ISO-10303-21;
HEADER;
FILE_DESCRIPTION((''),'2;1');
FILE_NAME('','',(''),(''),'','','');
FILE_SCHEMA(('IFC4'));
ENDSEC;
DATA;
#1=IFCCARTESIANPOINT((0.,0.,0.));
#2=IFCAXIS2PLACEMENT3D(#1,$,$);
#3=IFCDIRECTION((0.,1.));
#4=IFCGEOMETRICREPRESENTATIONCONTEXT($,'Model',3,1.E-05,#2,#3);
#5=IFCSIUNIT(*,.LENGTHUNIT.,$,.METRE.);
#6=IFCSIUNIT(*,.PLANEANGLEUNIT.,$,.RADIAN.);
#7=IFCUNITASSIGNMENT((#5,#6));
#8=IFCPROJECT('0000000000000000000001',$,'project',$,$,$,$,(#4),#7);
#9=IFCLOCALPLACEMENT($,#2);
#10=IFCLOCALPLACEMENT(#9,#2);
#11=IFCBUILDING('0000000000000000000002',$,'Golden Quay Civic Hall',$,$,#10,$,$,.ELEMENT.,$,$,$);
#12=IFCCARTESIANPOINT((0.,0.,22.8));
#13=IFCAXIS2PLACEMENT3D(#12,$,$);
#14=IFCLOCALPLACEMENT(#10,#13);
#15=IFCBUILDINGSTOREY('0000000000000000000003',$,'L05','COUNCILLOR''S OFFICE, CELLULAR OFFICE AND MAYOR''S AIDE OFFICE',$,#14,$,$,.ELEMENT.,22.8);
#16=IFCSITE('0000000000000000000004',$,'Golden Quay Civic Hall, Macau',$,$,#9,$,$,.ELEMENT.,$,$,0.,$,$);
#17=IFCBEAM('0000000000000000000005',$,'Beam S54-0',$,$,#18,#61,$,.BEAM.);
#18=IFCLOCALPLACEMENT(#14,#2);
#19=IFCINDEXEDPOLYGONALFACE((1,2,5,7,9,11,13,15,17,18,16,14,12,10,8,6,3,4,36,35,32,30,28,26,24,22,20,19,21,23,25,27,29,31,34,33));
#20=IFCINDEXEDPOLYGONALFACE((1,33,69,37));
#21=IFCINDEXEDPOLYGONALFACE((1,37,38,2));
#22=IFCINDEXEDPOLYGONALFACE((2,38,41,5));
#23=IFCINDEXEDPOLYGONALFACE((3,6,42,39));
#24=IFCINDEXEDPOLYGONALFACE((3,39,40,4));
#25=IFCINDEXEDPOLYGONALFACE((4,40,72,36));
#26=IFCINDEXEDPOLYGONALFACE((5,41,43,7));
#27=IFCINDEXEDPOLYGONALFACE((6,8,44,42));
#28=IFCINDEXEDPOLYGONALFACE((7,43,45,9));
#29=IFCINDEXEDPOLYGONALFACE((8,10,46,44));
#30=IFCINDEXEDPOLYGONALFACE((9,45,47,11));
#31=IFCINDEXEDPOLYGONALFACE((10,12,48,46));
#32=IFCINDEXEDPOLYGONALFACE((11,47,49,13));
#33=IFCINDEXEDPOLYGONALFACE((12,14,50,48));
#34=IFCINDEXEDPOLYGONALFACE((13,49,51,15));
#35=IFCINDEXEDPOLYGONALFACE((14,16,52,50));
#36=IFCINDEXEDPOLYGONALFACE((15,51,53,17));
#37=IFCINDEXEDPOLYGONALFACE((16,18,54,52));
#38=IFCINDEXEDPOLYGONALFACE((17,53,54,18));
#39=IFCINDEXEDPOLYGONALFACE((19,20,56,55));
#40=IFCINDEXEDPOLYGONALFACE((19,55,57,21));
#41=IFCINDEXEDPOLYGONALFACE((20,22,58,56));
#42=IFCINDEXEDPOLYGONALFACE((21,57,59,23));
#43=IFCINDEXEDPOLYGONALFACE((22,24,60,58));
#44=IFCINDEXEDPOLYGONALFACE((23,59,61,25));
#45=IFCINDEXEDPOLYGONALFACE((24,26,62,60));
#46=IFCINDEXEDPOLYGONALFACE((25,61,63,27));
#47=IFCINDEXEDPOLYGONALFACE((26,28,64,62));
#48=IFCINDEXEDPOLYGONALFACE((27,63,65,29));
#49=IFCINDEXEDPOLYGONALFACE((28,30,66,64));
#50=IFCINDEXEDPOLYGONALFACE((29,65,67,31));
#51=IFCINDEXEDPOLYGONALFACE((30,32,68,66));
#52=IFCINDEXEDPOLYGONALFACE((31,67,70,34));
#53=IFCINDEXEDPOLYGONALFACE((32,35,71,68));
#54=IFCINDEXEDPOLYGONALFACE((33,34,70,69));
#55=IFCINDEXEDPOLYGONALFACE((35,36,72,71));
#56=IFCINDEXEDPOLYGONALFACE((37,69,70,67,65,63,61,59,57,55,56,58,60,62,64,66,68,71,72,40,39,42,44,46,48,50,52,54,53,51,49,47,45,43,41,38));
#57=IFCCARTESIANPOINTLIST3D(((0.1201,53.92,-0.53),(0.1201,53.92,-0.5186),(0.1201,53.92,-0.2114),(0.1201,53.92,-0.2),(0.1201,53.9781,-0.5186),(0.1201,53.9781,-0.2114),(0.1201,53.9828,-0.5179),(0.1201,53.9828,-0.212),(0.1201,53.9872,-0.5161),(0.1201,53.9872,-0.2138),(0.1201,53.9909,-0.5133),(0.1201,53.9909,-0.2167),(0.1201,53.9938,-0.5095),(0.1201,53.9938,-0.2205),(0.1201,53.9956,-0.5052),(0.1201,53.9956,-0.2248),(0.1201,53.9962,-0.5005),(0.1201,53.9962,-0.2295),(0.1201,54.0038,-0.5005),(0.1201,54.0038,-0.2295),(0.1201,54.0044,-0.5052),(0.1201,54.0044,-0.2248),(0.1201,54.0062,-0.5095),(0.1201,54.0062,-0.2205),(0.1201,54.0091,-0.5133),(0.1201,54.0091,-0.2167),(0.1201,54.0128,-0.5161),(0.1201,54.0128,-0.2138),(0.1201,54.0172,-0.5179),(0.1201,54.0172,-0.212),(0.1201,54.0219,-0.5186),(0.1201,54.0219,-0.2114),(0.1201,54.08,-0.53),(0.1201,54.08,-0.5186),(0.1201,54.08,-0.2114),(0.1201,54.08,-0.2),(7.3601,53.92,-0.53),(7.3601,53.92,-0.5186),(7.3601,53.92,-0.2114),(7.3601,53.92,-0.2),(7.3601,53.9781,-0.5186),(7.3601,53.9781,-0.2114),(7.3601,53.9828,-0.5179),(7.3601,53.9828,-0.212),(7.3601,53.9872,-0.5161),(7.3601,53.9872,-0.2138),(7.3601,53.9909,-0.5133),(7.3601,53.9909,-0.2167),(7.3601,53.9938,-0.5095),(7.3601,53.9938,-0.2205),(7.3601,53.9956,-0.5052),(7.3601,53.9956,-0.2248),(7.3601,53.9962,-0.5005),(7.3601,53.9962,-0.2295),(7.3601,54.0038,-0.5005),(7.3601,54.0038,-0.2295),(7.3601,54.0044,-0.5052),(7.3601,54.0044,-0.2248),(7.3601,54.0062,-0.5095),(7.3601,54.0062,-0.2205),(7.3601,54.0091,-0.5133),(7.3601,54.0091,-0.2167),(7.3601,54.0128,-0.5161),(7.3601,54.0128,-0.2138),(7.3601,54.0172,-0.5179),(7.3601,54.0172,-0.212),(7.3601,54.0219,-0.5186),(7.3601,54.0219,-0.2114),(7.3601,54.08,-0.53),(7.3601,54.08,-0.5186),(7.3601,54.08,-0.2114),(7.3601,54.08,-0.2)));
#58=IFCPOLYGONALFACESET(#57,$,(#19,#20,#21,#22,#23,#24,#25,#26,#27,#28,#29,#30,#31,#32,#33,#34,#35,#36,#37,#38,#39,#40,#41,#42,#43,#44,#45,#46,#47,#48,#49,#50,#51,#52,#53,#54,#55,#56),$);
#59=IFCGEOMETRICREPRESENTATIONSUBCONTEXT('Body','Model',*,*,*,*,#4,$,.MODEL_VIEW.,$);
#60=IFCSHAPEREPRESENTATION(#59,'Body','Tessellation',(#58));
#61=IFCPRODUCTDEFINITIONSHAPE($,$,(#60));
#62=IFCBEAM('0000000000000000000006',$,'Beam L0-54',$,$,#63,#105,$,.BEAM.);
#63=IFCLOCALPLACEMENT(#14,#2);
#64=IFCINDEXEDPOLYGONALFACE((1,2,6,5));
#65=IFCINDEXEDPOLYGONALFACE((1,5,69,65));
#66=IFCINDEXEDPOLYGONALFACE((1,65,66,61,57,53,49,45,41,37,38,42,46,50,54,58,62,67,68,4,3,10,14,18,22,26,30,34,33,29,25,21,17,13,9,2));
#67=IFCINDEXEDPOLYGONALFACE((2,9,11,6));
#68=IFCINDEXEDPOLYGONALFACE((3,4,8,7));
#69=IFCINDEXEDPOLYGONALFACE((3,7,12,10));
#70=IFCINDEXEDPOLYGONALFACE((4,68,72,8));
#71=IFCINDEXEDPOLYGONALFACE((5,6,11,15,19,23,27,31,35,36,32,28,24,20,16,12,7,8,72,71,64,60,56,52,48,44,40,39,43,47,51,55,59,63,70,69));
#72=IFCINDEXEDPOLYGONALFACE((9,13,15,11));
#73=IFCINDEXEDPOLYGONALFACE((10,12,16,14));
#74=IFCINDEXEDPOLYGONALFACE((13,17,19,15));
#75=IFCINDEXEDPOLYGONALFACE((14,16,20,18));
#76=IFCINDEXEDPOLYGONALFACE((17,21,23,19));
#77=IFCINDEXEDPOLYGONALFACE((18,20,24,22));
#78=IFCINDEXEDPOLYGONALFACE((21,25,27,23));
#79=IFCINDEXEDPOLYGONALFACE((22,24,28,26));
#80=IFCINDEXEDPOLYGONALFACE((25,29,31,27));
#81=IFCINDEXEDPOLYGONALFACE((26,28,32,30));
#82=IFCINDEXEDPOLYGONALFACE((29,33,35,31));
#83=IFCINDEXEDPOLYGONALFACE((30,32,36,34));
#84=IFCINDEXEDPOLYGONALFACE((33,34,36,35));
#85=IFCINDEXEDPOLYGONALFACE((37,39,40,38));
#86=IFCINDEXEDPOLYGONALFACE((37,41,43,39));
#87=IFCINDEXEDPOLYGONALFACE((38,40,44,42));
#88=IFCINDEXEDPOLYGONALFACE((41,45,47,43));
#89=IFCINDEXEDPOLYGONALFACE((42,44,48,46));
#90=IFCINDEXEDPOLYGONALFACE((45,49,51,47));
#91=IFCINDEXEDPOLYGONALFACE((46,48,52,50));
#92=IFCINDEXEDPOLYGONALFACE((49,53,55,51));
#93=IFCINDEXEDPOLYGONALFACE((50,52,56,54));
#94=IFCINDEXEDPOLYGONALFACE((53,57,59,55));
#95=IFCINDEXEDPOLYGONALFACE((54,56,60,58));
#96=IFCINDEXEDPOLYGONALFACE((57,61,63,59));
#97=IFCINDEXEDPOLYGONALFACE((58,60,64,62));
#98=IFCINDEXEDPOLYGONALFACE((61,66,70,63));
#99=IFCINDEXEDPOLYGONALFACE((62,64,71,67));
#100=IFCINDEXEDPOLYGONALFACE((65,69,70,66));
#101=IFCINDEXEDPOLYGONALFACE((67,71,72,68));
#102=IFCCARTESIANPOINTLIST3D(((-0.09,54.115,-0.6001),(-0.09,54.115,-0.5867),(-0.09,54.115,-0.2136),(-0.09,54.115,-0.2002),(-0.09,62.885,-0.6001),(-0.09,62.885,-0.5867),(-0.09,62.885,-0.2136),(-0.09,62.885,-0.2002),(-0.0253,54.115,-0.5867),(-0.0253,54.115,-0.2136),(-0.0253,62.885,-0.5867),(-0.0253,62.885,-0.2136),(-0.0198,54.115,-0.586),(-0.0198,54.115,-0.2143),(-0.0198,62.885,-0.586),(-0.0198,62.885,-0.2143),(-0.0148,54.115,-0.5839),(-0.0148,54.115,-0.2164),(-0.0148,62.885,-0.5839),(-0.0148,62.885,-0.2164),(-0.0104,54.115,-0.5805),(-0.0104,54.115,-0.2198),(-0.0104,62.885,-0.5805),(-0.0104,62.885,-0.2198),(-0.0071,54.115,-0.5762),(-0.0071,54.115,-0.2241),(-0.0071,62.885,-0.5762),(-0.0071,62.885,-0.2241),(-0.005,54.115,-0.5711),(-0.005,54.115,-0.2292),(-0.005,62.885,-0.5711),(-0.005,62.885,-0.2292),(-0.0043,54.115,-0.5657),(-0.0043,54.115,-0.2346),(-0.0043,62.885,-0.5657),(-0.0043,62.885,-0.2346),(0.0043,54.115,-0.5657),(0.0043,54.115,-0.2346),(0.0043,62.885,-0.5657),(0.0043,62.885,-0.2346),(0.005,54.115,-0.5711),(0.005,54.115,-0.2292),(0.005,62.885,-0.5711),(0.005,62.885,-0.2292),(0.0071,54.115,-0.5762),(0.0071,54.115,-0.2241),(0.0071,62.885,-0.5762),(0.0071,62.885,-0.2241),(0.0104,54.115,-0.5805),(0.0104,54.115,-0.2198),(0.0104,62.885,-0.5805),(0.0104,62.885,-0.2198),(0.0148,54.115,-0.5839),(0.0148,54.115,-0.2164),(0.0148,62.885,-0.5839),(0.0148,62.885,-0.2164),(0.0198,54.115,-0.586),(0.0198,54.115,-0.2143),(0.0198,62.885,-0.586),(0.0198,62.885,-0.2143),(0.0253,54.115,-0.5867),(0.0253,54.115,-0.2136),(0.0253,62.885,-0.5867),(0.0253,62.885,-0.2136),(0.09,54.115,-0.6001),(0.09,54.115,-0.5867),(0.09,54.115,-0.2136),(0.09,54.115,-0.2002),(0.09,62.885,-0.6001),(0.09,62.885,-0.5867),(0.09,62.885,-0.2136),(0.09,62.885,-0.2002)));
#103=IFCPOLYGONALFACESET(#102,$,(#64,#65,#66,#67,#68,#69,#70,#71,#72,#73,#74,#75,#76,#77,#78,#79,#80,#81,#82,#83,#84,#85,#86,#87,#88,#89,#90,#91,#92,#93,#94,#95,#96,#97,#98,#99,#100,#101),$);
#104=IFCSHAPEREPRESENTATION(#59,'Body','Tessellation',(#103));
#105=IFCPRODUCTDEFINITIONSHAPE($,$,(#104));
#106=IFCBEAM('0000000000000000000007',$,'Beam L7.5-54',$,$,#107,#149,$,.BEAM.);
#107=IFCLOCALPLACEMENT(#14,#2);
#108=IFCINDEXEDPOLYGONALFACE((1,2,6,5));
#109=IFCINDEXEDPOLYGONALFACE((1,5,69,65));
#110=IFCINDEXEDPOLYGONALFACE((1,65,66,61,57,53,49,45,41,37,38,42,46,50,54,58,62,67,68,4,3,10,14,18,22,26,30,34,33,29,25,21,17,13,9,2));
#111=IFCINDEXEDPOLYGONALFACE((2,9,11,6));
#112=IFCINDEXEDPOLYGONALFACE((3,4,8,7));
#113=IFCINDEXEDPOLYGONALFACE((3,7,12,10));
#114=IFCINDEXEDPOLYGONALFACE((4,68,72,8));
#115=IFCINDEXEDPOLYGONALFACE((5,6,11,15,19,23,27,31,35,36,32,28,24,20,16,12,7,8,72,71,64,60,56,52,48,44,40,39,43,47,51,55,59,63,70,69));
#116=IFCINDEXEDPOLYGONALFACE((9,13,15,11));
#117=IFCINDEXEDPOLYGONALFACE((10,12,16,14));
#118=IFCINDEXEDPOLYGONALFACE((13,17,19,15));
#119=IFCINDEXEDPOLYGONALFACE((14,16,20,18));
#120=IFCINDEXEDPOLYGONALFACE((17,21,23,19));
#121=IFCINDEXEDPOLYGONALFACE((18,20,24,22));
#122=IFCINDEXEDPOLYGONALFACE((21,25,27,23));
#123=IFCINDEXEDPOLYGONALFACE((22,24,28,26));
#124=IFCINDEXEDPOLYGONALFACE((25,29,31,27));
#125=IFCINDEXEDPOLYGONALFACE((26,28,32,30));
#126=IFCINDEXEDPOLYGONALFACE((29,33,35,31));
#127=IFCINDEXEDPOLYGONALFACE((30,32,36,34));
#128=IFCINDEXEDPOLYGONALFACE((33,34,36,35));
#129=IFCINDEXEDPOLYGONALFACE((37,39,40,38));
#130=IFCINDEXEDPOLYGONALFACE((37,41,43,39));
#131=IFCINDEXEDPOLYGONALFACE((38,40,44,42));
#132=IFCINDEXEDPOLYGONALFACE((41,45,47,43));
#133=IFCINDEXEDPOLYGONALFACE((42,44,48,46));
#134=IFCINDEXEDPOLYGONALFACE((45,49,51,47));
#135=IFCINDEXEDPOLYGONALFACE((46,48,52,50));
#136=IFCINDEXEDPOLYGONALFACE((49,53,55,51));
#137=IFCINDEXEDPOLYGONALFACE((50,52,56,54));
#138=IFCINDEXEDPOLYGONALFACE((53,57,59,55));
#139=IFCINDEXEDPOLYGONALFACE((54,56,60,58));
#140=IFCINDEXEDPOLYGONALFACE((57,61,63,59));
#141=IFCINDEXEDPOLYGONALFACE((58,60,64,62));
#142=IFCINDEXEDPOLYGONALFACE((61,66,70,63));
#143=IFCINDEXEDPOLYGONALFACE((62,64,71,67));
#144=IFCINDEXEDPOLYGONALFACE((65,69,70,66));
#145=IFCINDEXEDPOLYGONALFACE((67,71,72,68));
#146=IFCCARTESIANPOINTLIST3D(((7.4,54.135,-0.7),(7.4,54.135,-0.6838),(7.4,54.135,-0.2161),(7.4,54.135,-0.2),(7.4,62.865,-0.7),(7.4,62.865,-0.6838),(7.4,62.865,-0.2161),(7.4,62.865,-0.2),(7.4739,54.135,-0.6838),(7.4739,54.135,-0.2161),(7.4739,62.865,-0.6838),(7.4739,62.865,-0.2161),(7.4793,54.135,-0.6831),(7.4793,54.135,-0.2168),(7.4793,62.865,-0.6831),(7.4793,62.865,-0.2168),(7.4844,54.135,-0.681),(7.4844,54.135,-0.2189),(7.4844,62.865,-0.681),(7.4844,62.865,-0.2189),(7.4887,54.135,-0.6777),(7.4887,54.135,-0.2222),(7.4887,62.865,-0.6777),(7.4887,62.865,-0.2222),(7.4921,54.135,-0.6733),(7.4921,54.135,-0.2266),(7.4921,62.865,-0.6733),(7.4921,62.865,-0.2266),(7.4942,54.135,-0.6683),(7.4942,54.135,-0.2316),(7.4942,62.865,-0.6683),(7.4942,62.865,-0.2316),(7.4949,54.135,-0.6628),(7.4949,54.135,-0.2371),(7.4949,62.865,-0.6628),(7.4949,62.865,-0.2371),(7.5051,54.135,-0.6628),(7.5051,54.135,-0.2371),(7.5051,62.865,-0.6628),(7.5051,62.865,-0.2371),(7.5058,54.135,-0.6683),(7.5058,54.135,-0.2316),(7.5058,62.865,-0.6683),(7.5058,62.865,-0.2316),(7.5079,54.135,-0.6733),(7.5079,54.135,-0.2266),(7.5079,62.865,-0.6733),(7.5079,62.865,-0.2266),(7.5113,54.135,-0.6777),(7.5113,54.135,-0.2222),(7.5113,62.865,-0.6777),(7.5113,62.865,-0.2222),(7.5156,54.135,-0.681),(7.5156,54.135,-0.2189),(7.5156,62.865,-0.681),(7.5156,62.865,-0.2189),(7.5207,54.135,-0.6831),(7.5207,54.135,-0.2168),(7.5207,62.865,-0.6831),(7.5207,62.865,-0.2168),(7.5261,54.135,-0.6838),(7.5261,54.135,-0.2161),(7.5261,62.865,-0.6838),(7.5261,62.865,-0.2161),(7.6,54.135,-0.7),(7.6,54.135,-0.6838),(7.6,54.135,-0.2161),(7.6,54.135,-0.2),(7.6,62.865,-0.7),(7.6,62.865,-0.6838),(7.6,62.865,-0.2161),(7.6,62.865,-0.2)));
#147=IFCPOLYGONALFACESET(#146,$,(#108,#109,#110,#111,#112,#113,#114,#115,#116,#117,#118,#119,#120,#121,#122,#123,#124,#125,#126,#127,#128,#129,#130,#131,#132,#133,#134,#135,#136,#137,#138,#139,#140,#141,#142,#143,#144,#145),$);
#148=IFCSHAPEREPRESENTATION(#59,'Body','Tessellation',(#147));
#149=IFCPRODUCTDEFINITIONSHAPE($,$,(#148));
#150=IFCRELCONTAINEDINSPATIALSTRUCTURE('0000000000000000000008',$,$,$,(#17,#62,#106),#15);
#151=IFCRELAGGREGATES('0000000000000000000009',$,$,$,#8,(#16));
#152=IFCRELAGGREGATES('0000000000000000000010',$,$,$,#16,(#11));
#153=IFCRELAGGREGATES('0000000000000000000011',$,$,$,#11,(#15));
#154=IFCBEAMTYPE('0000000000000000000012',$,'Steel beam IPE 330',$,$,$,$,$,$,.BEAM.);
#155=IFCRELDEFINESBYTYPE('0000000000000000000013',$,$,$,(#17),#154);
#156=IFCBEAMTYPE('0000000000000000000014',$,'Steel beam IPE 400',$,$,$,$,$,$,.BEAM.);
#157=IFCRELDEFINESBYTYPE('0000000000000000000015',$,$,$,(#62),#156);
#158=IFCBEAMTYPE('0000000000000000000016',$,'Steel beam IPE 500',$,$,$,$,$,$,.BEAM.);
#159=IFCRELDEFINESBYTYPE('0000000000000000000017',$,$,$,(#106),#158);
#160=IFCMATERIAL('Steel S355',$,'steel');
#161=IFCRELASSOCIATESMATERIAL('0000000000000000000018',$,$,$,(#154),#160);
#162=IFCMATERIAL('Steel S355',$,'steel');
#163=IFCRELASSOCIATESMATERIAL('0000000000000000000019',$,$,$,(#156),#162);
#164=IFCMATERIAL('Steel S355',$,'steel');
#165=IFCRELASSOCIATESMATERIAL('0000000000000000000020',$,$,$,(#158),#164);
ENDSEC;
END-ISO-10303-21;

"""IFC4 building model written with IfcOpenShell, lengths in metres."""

from ifc_helpers import new_model, si_unit, direction, frame, origin, origin_2d, place, context, subcontext, project, spatial, i_section, extrude, material, material_profile, profile_set, type_object, element, save


model = new_model("IFC4")

# Units and contexts
model_context = context("Model", 3, precision=1e-05, world=origin(), true_north=direction((0.0, 1.0)))
body_context = subcontext(model_context, "Body", "Model", "MODEL_VIEW")
ifc_project = project(units=[si_unit("LENGTHUNIT", "METRE"), si_unit("PLANEANGLEUNIT", "RADIAN")], contexts=[model_context])

# Site, building, storey
site_placement = place(None, origin())
site = spatial("IfcSite", under=ifc_project, at=site_placement, Name="Golden Quay Civic Hall, Macau", CompositionType="ELEMENT", RefElevation=0.0)
building_placement = place(site_placement, origin())
building = spatial("IfcBuilding", under=site, at=building_placement, Name="Golden Quay Civic Hall", CompositionType="ELEMENT")
storey_placement = place(building_placement, frame((0.0, 0.0, 22.8)))
storey = spatial("IfcBuildingStorey", under=building, at=storey_placement, Name="L05", Description="COUNCILLOR'S OFFICE, CELLULAR OFFICE AND MAYOR'S AIDE OFFICE", CompositionType="ELEMENT", Elevation=22.8)

# Beams
ifc_material_1 = material(Name="Steel S355", Category="steel")
ifc_material_profile_1 = material_profile(ifc_material_1, i_section(OverallWidth=0.1599, OverallDepth=0.3301, WebThickness=0.0076, FlangeThickness=0.0115, FilletRadius=0.0181, at=origin_2d()), Name="IPE 330")
ifc_profile_set_1 = profile_set([ifc_material_profile_1], Name="Steel S355")
beam_type_1 = type_object("IfcBeamType", Name="Steel beam IPE 330", PredefinedType="BEAM", material=ifc_profile_set_1)
beam_1_placement = place(storey_placement, frame((0.1201, 54.0, -0.365), z_axis=(1.0, 0.0, 0.0), x_axis=(0.0, 1.0, 0.0)))
element("IfcBeam", 1, at=beam_1_placement, inside=storey, type_object=beam_type_1, Name="Beam S54-0", PredefinedType="BEAM", context=body_context, shape_type="SweptSolid", body=[
    extrude(i_section(OverallWidth=0.1599, OverallDepth=0.3301, WebThickness=0.0076, FlangeThickness=0.0115, FilletRadius=0.0181, at=origin_2d()), origin(), (0.0, 0.0, 1.0), 7.24),
])
ifc_material_2 = material(Name="Steel S355", Category="steel")
ifc_material_profile_2 = material_profile(ifc_material_2, i_section(OverallWidth=0.1799, OverallDepth=0.3999, WebThickness=0.0085, FlangeThickness=0.0134, FilletRadius=0.021, at=origin_2d()), Name="IPE 400")
ifc_profile_set_2 = profile_set([ifc_material_profile_2], Name="Steel S355")
beam_type_2 = type_object("IfcBeamType", Name="Steel beam IPE 400", PredefinedType="BEAM", material=ifc_profile_set_2)
beam_2_placement = place(storey_placement, frame((0.0, 54.115, -0.4001), z_axis=(0.0, 1.0, 0.0), x_axis=(-1.0, 0.0, 0.0)))
element("IfcBeam", 2, at=beam_2_placement, inside=storey, type_object=beam_type_2, Name="Beam L0-54", PredefinedType="BEAM", context=body_context, shape_type="SweptSolid", body=[
    extrude(i_section(OverallWidth=0.1799, OverallDepth=0.3999, WebThickness=0.0085, FlangeThickness=0.0134, FilletRadius=0.021, at=origin_2d()), origin(), (0.0, 0.0, 1.0), 8.77),
])
ifc_material_3 = material(Name="Steel S355", Category="steel")
ifc_material_profile_3 = material_profile(ifc_material_3, i_section(OverallWidth=0.2, OverallDepth=0.5, WebThickness=0.0103, FlangeThickness=0.0161, FilletRadius=0.021, at=origin_2d()), Name="IPE 500")
ifc_profile_set_3 = profile_set([ifc_material_profile_3], Name="Steel S355")
beam_type_3 = type_object("IfcBeamType", Name="Steel beam IPE 500", PredefinedType="BEAM", material=ifc_profile_set_3)
beam_3_placement = place(storey_placement, frame((7.5, 54.135, -0.45), z_axis=(0.0, 1.0, 0.0), x_axis=(-1.0, 0.0, 0.0)))
element("IfcBeam", 3, at=beam_3_placement, inside=storey, type_object=beam_type_3, Name="Beam L7.5-54", PredefinedType="BEAM", context=body_context, shape_type="SweptSolid", body=[
    extrude(i_section(OverallWidth=0.2, OverallDepth=0.5, WebThickness=0.0103, FlangeThickness=0.0161, FilletRadius=0.021, at=origin_2d()), origin(), (0.0, 0.0, 1.0), 8.73),
])

save(model, "model.ifc")
